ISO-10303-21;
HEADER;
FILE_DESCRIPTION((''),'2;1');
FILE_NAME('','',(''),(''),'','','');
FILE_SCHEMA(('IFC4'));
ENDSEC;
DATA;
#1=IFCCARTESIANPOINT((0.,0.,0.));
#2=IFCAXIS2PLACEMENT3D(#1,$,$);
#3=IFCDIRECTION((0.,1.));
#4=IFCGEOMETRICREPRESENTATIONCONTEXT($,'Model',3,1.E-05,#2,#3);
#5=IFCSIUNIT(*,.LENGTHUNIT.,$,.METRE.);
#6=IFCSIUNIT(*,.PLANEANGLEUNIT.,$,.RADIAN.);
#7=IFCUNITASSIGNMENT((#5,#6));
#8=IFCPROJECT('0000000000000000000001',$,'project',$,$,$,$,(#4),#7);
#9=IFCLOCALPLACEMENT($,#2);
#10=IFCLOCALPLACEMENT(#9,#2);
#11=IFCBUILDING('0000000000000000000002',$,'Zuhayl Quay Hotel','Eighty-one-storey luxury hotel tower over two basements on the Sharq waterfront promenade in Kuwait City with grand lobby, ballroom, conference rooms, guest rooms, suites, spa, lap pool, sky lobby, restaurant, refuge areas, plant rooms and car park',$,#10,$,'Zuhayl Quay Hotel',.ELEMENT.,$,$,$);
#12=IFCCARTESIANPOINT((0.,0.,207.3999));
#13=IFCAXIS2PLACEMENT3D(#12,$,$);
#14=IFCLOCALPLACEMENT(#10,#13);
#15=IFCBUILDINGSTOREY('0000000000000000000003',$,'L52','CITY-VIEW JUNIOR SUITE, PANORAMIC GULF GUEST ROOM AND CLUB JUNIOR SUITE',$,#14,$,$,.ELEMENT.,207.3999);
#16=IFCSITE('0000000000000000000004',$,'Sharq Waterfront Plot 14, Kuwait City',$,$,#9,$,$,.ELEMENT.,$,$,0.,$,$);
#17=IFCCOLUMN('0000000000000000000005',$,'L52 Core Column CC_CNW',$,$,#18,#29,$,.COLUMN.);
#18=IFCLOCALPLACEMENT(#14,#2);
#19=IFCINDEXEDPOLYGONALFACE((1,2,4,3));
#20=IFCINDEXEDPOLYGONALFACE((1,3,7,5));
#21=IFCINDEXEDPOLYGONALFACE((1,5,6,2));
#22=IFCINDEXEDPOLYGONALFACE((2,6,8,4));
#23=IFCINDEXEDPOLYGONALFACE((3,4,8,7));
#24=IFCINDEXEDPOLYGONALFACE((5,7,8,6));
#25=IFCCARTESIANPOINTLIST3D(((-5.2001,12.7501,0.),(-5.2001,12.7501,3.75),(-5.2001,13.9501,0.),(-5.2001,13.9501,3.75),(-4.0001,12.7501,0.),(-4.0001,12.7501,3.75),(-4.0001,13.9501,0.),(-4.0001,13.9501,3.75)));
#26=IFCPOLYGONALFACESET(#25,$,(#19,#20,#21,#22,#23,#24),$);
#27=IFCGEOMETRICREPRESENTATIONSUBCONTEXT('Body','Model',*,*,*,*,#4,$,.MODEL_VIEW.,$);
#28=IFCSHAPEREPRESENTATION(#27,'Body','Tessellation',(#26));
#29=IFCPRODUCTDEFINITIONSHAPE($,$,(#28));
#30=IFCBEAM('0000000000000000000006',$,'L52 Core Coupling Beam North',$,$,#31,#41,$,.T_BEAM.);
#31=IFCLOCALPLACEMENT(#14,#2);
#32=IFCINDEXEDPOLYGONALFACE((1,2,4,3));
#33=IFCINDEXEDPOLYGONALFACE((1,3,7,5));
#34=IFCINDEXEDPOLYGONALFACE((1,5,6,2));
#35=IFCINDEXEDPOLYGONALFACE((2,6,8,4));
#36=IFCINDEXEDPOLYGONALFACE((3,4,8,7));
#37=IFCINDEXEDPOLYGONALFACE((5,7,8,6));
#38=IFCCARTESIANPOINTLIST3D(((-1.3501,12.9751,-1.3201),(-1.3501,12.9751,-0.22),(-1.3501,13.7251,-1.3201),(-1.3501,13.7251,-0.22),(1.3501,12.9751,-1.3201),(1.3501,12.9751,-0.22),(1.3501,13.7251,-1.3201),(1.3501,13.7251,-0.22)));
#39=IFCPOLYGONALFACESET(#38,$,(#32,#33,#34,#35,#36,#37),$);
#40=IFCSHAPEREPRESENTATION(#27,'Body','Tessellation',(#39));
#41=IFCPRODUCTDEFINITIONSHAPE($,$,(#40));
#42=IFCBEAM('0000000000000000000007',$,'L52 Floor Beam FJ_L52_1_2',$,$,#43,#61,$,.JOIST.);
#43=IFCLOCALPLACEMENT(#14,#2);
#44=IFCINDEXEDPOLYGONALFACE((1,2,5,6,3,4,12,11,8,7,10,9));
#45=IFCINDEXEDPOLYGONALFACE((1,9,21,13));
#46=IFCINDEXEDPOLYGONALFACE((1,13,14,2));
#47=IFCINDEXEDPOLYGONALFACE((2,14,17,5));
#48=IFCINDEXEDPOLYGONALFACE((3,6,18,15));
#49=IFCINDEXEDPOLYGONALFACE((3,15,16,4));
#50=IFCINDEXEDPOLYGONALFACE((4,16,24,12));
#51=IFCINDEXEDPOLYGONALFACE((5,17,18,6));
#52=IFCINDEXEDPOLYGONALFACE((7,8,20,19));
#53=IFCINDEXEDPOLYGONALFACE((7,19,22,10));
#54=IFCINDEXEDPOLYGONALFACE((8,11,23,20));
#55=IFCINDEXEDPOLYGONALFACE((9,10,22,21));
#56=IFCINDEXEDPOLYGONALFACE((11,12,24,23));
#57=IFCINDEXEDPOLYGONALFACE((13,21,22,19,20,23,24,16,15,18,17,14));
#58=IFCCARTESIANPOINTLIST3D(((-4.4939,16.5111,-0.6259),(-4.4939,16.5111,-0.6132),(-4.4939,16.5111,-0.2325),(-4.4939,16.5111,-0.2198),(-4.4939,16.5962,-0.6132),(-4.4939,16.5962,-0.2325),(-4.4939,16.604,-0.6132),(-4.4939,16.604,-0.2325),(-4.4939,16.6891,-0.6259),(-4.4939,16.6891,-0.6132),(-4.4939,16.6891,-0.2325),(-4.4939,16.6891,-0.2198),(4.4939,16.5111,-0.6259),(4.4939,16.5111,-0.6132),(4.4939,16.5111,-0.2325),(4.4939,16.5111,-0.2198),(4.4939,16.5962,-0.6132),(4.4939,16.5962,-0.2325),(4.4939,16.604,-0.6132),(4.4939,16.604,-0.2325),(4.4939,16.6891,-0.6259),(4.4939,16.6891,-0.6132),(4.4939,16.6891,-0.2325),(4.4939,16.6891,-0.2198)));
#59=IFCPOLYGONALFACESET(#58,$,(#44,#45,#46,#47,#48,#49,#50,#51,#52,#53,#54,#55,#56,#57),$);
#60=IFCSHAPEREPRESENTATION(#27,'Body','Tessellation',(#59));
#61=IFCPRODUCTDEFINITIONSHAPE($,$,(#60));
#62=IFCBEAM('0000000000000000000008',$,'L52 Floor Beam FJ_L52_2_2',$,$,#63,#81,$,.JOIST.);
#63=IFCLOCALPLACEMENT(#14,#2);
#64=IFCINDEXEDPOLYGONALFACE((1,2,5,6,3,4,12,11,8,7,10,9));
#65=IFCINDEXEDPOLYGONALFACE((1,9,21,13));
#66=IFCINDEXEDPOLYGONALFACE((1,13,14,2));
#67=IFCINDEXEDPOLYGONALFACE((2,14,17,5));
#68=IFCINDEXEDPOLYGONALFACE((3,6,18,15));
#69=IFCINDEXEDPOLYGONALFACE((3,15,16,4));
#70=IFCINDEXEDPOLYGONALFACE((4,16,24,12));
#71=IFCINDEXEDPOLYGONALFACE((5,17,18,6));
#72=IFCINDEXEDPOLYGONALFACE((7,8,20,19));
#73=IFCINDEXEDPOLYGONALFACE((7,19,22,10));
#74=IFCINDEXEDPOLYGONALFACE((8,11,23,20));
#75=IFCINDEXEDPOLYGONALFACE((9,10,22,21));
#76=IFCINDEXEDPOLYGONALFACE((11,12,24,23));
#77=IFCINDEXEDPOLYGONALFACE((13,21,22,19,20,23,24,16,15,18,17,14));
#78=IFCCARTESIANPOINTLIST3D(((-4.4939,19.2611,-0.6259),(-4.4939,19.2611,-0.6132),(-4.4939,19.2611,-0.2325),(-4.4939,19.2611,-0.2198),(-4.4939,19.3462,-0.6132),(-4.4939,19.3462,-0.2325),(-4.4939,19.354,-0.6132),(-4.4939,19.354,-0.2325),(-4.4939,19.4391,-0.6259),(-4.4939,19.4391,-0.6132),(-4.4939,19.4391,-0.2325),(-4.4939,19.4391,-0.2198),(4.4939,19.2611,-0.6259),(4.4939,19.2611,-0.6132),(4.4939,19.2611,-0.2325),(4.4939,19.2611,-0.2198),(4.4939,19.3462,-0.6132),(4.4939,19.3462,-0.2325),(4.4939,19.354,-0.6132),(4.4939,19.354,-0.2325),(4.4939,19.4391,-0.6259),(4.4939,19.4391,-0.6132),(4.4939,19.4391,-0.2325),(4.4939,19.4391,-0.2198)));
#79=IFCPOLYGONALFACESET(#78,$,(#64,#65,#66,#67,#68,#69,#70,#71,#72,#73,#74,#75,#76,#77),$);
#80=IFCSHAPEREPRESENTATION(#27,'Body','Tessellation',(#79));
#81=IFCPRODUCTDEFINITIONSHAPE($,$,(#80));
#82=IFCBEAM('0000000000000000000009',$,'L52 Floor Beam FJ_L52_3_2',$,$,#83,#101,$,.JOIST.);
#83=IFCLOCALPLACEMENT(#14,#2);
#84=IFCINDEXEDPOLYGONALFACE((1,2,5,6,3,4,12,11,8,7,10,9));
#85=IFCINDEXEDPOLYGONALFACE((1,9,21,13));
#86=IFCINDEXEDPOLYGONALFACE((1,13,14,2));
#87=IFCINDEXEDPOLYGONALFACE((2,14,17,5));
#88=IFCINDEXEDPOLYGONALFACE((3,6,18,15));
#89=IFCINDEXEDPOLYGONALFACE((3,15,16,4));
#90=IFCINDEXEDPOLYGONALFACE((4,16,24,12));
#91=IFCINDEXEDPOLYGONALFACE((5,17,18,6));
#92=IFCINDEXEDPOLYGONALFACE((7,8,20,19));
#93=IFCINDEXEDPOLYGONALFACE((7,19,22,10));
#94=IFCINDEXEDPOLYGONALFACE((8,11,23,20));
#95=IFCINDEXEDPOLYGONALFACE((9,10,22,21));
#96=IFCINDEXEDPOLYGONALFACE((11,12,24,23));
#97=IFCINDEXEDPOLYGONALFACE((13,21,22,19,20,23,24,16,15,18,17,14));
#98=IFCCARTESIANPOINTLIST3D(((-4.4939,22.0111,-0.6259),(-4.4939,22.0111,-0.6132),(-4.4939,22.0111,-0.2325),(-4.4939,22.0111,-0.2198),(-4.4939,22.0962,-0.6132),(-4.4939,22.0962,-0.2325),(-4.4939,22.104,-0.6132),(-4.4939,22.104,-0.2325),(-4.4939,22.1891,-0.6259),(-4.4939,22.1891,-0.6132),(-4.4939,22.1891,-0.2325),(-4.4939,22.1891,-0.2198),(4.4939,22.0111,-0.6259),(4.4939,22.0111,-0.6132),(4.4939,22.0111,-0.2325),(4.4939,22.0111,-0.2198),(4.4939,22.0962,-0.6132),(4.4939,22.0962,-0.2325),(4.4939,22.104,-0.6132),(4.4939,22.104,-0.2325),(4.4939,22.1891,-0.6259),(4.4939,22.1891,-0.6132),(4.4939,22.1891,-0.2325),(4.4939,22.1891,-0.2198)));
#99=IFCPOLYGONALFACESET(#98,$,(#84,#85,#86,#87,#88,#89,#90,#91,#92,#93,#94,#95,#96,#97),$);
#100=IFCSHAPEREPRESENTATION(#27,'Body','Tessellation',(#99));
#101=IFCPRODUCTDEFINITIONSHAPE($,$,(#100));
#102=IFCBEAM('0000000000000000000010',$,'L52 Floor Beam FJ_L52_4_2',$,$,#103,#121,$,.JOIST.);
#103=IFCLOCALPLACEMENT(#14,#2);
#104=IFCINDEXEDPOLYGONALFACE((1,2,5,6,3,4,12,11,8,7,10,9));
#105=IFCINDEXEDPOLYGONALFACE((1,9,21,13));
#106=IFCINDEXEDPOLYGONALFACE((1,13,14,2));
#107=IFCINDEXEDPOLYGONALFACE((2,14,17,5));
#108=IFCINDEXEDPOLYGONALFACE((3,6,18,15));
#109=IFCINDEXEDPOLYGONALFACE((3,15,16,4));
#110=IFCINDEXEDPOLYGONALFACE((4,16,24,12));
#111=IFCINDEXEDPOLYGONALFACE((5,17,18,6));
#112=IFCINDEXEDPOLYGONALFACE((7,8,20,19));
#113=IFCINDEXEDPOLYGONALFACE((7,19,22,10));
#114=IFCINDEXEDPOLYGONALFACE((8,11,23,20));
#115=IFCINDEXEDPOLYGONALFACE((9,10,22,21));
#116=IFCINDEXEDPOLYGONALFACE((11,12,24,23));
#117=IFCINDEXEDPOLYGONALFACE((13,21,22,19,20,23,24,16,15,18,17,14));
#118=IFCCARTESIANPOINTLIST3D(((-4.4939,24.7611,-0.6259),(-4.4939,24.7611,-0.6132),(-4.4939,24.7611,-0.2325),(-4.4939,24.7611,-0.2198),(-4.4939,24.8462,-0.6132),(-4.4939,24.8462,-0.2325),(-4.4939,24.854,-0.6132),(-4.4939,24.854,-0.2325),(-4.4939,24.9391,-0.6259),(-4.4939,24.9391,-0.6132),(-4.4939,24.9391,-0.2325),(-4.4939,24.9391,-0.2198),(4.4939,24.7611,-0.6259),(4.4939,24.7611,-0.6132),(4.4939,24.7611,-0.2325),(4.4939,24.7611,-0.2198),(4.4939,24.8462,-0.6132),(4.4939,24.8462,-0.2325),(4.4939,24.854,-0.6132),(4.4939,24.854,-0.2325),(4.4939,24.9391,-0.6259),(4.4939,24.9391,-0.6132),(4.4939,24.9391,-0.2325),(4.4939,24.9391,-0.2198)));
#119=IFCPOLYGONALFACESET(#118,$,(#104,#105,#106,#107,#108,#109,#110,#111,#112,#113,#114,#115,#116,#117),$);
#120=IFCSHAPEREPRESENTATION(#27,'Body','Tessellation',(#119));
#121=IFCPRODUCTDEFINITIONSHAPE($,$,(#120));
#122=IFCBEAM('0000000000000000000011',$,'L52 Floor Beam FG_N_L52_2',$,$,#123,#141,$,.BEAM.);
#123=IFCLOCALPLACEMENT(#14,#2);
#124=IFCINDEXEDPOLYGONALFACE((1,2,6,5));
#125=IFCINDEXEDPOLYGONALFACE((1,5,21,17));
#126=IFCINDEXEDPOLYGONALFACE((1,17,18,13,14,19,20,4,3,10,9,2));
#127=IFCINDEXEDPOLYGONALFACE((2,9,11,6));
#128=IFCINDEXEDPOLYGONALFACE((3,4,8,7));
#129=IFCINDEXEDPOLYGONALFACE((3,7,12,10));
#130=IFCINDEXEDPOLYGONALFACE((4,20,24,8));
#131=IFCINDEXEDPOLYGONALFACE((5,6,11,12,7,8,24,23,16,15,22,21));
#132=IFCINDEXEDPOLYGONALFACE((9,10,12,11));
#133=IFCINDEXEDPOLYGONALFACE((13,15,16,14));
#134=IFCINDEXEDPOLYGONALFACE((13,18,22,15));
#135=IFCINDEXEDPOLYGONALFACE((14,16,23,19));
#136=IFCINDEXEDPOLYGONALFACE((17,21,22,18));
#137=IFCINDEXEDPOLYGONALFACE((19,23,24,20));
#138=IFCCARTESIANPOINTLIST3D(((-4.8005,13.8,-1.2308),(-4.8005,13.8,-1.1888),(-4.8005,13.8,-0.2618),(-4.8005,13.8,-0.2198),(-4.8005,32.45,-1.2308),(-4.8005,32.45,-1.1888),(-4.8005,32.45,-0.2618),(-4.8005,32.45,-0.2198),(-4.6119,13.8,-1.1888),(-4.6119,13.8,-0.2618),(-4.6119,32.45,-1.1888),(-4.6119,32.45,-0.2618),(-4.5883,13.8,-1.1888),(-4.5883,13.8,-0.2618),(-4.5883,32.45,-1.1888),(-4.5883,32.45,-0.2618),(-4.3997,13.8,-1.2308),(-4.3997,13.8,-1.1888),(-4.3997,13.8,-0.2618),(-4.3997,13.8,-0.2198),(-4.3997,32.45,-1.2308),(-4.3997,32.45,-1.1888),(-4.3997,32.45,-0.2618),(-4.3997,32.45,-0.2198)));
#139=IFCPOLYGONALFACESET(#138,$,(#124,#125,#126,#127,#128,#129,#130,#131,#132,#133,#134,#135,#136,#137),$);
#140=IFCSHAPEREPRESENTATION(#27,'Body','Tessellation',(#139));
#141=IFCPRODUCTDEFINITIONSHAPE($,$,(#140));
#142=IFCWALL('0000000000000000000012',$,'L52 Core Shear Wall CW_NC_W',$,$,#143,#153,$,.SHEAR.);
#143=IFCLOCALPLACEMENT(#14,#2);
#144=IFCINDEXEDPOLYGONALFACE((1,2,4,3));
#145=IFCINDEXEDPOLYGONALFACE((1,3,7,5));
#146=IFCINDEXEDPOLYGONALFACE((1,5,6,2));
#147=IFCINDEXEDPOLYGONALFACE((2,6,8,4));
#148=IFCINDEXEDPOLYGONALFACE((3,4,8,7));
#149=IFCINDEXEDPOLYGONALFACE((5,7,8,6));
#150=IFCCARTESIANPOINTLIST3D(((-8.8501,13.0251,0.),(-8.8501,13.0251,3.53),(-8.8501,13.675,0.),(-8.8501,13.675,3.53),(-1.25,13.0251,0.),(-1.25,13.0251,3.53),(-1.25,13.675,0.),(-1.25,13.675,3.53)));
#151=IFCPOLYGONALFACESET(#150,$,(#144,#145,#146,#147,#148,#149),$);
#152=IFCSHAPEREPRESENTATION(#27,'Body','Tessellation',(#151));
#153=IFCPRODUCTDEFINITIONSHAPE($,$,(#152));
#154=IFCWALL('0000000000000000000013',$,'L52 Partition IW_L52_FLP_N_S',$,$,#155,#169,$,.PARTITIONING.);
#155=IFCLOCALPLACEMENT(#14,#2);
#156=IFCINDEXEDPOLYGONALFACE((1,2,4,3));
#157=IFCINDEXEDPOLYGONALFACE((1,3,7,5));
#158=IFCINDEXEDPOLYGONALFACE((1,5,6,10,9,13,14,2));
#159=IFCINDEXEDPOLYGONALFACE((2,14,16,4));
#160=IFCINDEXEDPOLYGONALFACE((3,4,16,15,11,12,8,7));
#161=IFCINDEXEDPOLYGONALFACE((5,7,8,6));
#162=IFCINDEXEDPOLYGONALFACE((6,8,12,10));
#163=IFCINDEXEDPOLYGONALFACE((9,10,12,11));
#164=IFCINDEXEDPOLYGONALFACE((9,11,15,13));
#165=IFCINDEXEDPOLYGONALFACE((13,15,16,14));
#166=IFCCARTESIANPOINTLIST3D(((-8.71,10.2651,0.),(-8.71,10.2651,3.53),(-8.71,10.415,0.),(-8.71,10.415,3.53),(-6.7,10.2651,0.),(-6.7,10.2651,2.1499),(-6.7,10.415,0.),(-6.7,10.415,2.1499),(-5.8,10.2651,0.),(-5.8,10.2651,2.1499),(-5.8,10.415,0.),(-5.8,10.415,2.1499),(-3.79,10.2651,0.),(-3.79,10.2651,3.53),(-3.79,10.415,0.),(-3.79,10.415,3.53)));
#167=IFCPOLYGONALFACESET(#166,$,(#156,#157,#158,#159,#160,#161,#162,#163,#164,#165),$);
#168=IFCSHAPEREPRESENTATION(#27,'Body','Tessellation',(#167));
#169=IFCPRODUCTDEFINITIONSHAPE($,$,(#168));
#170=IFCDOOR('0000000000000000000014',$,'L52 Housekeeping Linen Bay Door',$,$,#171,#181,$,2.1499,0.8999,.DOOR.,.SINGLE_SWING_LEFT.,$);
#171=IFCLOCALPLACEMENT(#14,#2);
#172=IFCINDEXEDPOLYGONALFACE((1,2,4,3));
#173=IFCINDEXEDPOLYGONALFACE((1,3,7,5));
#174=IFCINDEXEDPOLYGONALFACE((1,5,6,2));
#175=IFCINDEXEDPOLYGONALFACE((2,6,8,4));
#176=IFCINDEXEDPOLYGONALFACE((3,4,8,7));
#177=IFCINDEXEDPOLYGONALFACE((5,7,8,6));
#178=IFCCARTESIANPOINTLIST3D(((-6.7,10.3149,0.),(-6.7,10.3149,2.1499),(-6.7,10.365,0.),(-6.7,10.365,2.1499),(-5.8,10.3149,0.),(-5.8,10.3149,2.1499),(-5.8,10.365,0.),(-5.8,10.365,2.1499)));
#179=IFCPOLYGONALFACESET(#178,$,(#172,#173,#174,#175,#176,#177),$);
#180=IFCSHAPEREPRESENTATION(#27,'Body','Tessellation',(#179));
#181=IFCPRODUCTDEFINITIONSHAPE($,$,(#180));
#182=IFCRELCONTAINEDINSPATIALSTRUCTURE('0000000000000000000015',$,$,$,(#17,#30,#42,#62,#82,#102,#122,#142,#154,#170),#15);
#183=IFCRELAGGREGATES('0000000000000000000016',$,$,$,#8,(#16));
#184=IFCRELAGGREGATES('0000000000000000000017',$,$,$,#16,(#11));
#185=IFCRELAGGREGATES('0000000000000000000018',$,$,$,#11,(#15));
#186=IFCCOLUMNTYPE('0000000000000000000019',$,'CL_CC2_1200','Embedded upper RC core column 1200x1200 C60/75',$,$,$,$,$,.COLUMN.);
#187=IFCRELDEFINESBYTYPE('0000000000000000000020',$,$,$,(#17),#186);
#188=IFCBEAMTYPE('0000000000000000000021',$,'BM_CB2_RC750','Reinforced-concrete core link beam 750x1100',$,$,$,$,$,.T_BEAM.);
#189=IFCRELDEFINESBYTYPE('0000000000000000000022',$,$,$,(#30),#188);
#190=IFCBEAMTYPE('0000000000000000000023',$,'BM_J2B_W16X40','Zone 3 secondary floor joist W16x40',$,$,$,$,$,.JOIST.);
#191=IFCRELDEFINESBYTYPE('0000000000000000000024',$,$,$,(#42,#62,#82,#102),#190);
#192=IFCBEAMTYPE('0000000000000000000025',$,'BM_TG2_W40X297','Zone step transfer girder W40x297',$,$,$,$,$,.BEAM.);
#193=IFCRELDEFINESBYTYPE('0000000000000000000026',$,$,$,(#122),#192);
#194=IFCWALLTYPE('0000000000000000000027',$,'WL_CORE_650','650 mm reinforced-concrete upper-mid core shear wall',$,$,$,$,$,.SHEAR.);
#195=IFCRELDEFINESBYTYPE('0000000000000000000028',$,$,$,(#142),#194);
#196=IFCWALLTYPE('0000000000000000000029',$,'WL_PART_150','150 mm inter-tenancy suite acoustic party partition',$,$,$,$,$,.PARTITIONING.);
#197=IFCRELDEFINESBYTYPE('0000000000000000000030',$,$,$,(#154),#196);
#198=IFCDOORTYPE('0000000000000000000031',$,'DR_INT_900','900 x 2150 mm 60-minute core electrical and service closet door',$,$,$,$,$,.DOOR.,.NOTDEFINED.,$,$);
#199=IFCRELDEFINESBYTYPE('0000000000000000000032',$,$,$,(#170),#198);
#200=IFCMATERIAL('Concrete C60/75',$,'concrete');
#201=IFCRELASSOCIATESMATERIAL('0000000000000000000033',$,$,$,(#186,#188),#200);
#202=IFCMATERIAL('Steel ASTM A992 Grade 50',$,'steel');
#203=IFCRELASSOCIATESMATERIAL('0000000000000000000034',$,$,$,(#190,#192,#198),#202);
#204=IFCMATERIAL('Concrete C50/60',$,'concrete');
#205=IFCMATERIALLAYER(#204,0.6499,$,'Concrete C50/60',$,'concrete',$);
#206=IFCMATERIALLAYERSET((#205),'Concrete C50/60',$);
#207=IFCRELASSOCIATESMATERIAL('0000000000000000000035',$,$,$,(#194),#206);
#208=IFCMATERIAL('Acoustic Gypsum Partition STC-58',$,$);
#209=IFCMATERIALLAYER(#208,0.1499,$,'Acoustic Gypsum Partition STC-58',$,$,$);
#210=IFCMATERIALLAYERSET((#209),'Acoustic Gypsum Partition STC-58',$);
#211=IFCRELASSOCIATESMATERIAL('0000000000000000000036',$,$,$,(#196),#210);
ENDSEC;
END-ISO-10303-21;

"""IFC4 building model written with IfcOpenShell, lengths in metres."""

from ifc_helpers import new_model, si_unit, direction, frame, frame_2d, origin, origin_2d, place, context, subcontext, project, spatial, rectangle, i_section, extrude, material, layer, layer_set, material_profile, profile_set, type_object, element, fill, save


model = new_model("IFC4")

# Units and contexts
model_context = context("Model", 3, precision=1e-05, world=origin(), true_north=direction((0.0, 1.0)))
body_context = subcontext(model_context, "Body", "Model", "MODEL_VIEW")
ifc_project = project(units=[si_unit("LENGTHUNIT", "METRE"), si_unit("PLANEANGLEUNIT", "RADIAN")], contexts=[model_context])

# Site, building, storey
site_placement = place(None, origin())
site = spatial("IfcSite", under=ifc_project, at=site_placement, Name="Sharq Waterfront Plot 14, Kuwait City", CompositionType="ELEMENT", RefElevation=0.0)
building_placement = place(site_placement, origin())
building = spatial("IfcBuilding", under=site, at=building_placement, Name="Zuhayl Quay Hotel", Description="Eighty-one-storey luxury hotel tower over two basements on the Sharq waterfront promenade in Kuwait City with grand lobby, ballroom, conference rooms, guest rooms, suites, spa, lap pool, sky lobby, restaurant, refuge areas, plant rooms and car park", LongName="Zuhayl Quay Hotel", CompositionType="ELEMENT")
storey_placement = place(building_placement, frame((0.0, 0.0, 207.3999)))
storey = spatial("IfcBuildingStorey", under=building, at=storey_placement, Name="L52", Description="CITY-VIEW JUNIOR SUITE, PANORAMIC GULF GUEST ROOM AND CLUB JUNIOR SUITE", CompositionType="ELEMENT", Elevation=207.3999)

# Column
ifc_material_1 = material(Name="Concrete C60/75", Category="concrete")
ifc_material_profile_1 = material_profile(ifc_material_1, rectangle(XDim=1.2, YDim=1.2, at=origin_2d()), Name="RC1200X1200")
ifc_profile_set_1 = profile_set([ifc_material_profile_1], Name="Concrete C60/75")
column_type = type_object("IfcColumnType", Name="CL_CC2_1200", Description="Embedded upper RC core column 1200x1200 C60/75", PredefinedType="COLUMN", material=ifc_profile_set_1)
column_placement = place(storey_placement, frame((-4.6001, 13.3501, 0.0), z_axis=(0.0, 0.0, 1.0), x_axis=(1.0, 0.0, 0.0)))
element("IfcColumn", 1, at=column_placement, inside=storey, type_object=column_type, Name="L52 Core Column CC_CNW", PredefinedType="COLUMN", context=body_context, shape_type="SweptSolid", body=[
    extrude(rectangle(XDim=1.2, YDim=1.2, at=origin_2d()), origin(), (0.0, 0.0, 1.0), 3.75),
])

# Beams
ifc_material_profile_2 = material_profile(ifc_material_1, rectangle(XDim=0.75, YDim=1.1001, at=origin_2d()), Name="RC750X1100")
ifc_profile_set_2 = profile_set([ifc_material_profile_2], Name="Concrete C60/75")
beam_type_1 = type_object("IfcBeamType", Name="BM_CB2_RC750", Description="Reinforced-concrete core link beam 750x1100", PredefinedType="T_BEAM", material=ifc_profile_set_2)
beam_1_placement = place(storey_placement, frame((-1.3501, 13.3501, -0.77), z_axis=(1.0, 0.0, 0.0), x_axis=(0.0, 1.0, 0.0)))
element("IfcBeam", 2, at=beam_1_placement, inside=storey, type_object=beam_type_1, Name="L52 Core Coupling Beam North", PredefinedType="T_BEAM", context=body_context, shape_type="SweptSolid", body=[
    extrude(rectangle(XDim=0.75, YDim=1.1001, at=origin_2d()), origin(), (0.0, 0.0, 1.0), 2.7002),
])
ifc_material_2 = material(Name="Steel ASTM A992 Grade 50", Category="steel")
ifc_material_profile_3 = material_profile(ifc_material_2, i_section(OverallWidth=0.178, OverallDepth=0.406, WebThickness=0.0078, FlangeThickness=0.0127, at=origin_2d()), Name="W16X40")
ifc_profile_set_3 = profile_set([ifc_material_profile_3], Name="Steel ASTM A992 Grade 50")
beam_type_2 = type_object("IfcBeamType", Name="BM_J2B_W16X40", Description="Zone 3 secondary floor joist W16x40", PredefinedType="JOIST", material=ifc_profile_set_3)
for number, where, z_axis, x_axis, name in (
    (3, (-4.4939, 16.6001, -0.4229), (1.0, 0.0, 0.0), (0.0, 1.0, 0.0), "L52 Floor Beam FJ_L52_1_2"),
    (4, (-4.4939, 19.3501, -0.4229), (1.0, 0.0, 0.0), (0.0, 1.0, 0.0), "L52 Floor Beam FJ_L52_2_2"),
    (5, (-4.4939, 22.1001, -0.4229), (1.0, 0.0, 0.0), (0.0, 1.0, 0.0), "L52 Floor Beam FJ_L52_3_2"),
    (6, (-4.4939, 24.8501, -0.4229), (1.0, 0.0, 0.0), (0.0, 1.0, 0.0), "L52 Floor Beam FJ_L52_4_2"),
):
    element("IfcBeam", number, at=place(storey_placement, frame(where, z_axis=z_axis, x_axis=x_axis)), inside=storey, type_object=beam_type_2, Name=name, PredefinedType="JOIST", context=body_context, shape_type="SweptSolid", body=[
        extrude(i_section(OverallWidth=0.178, OverallDepth=0.406, WebThickness=0.0078, FlangeThickness=0.0127, at=origin_2d()), origin(), (0.0, 0.0, 1.0), 8.9878),
    ])
ifc_material_profile_4 = material_profile(ifc_material_2, i_section(OverallWidth=0.4009, OverallDepth=1.011, WebThickness=0.0237, FlangeThickness=0.042, at=origin_2d()), Name="W40X297")
ifc_profile_set_4 = profile_set([ifc_material_profile_4], Name="Steel ASTM A992 Grade 50")
beam_type_3 = type_object("IfcBeamType", Name="BM_TG2_W40X297", Description="Zone step transfer girder W40x297", PredefinedType="BEAM", material=ifc_profile_set_4)
beam_2_placement = place(storey_placement, frame((-4.6001, 13.8, -0.7253), z_axis=(0.0, 1.0, 0.0), x_axis=(-1.0, 0.0, 0.0)))
element("IfcBeam", 7, at=beam_2_placement, inside=storey, type_object=beam_type_3, Name="L52 Floor Beam FG_N_L52_2", PredefinedType="BEAM", context=body_context, shape_type="SweptSolid", body=[
    extrude(i_section(OverallWidth=0.4009, OverallDepth=1.011, WebThickness=0.0237, FlangeThickness=0.042, at=origin_2d()), origin(), (0.0, 0.0, 1.0), 18.6499),
])

# Wall
ifc_material_3 = material(Name="Concrete C50/60", Category="concrete")
ifc_layer_1 = layer(ifc_material_3, 0.6499, Name="Concrete C50/60", Category="concrete")
ifc_layer_set_1 = layer_set([ifc_layer_1], Name="Concrete C50/60")
wall_type_1 = type_object("IfcWallType", Name="WL_CORE_650", Description="650 mm reinforced-concrete upper-mid core shear wall", PredefinedType="SHEAR", material=ifc_layer_set_1)
wall_1_placement = place(storey_placement, frame((-8.8501, 13.3501, 0.0), z_axis=(0.0, 0.0, 1.0), x_axis=(1.0, 0.0, 0.0)))
element("IfcWall", 8, at=wall_1_placement, inside=storey, type_object=wall_type_1, Name="L52 Core Shear Wall CW_NC_W", PredefinedType="SHEAR", context=body_context, shape_type="SweptSolid", body=[
    extrude(rectangle(XDim=7.6001, YDim=0.6499, at=frame_2d((3.8, 0.0))), origin(), (0.0, 0.0, 1.0), 3.53),
])

# Wall, opening, door
ifc_material_4 = material(Name="Acoustic Gypsum Partition STC-58")
ifc_layer_2 = layer(ifc_material_4, 0.1499, Name="Acoustic Gypsum Partition STC-58")
ifc_layer_set_2 = layer_set([ifc_layer_2], Name="Acoustic Gypsum Partition STC-58")
wall_type_2 = type_object("IfcWallType", Name="WL_PART_150", Description="150 mm inter-tenancy suite acoustic party partition", PredefinedType="PARTITIONING", material=ifc_layer_set_2)
wall_2_placement = place(storey_placement, frame((-8.71, 10.3401, 0.0), z_axis=(0.0, 0.0, 1.0), x_axis=(1.0, 0.0, 0.0)))
wall_2 = element("IfcWall", 9, at=wall_2_placement, inside=storey, type_object=wall_type_2, Name="L52 Partition IW_L52_FLP_N_S", PredefinedType="PARTITIONING", context=body_context, shape_type="SweptSolid", body=[
    extrude(rectangle(XDim=4.9199, YDim=0.1499, at=frame_2d((2.46, 0.0))), origin(), (0.0, 0.0, 1.0), 3.53),
])
opening_1_placement = place(wall_2_placement, frame((2.01, 0.0, 0.0)))
opening_1 = element("IfcOpeningElement", 10, at=opening_1_placement, cuts=wall_2, PredefinedType="OPENING", context=body_context, shape_type="SweptSolid", body=[
    extrude(rectangle(XDim=0.8999, YDim=2.1499, at=frame_2d((0.45, 1.075))), frame((0.0, 0.085, 0.0), z_axis=(0.0, -1.0, 0.0), x_axis=(1.0, 0.0, 0.0)), (0.0, 0.0, 1.0), 0.1699),
])
door_type_1 = type_object("IfcDoorType", Name="DR_INT_900", Description="900 x 2150 mm 60-minute core electrical and service closet door", OperationType="NOTDEFINED", PredefinedType="DOOR", material=ifc_material_2)
door_1_placement = place(opening_1_placement, origin())
door_1 = element("IfcDoor", 11, at=door_1_placement, inside=storey, type_object=door_type_1, Name="L52 Housekeeping Linen Bay Door", OperationType="SINGLE_SWING_LEFT", OverallHeight=2.1499, OverallWidth=0.8999, PredefinedType="DOOR", context=body_context, shape_type="SweptSolid", body=[
    extrude(rectangle(XDim=0.8999, YDim=2.1499, at=frame_2d((0.45, 1.075))), frame((0.0, 0.0249, 0.0), z_axis=(0.0, -1.0, 0.0), x_axis=(1.0, 0.0, 0.0)), (0.0, 0.0, 1.0), 0.05),
])
fill(opening_1, door_1)

save(model, "model.ifc")
